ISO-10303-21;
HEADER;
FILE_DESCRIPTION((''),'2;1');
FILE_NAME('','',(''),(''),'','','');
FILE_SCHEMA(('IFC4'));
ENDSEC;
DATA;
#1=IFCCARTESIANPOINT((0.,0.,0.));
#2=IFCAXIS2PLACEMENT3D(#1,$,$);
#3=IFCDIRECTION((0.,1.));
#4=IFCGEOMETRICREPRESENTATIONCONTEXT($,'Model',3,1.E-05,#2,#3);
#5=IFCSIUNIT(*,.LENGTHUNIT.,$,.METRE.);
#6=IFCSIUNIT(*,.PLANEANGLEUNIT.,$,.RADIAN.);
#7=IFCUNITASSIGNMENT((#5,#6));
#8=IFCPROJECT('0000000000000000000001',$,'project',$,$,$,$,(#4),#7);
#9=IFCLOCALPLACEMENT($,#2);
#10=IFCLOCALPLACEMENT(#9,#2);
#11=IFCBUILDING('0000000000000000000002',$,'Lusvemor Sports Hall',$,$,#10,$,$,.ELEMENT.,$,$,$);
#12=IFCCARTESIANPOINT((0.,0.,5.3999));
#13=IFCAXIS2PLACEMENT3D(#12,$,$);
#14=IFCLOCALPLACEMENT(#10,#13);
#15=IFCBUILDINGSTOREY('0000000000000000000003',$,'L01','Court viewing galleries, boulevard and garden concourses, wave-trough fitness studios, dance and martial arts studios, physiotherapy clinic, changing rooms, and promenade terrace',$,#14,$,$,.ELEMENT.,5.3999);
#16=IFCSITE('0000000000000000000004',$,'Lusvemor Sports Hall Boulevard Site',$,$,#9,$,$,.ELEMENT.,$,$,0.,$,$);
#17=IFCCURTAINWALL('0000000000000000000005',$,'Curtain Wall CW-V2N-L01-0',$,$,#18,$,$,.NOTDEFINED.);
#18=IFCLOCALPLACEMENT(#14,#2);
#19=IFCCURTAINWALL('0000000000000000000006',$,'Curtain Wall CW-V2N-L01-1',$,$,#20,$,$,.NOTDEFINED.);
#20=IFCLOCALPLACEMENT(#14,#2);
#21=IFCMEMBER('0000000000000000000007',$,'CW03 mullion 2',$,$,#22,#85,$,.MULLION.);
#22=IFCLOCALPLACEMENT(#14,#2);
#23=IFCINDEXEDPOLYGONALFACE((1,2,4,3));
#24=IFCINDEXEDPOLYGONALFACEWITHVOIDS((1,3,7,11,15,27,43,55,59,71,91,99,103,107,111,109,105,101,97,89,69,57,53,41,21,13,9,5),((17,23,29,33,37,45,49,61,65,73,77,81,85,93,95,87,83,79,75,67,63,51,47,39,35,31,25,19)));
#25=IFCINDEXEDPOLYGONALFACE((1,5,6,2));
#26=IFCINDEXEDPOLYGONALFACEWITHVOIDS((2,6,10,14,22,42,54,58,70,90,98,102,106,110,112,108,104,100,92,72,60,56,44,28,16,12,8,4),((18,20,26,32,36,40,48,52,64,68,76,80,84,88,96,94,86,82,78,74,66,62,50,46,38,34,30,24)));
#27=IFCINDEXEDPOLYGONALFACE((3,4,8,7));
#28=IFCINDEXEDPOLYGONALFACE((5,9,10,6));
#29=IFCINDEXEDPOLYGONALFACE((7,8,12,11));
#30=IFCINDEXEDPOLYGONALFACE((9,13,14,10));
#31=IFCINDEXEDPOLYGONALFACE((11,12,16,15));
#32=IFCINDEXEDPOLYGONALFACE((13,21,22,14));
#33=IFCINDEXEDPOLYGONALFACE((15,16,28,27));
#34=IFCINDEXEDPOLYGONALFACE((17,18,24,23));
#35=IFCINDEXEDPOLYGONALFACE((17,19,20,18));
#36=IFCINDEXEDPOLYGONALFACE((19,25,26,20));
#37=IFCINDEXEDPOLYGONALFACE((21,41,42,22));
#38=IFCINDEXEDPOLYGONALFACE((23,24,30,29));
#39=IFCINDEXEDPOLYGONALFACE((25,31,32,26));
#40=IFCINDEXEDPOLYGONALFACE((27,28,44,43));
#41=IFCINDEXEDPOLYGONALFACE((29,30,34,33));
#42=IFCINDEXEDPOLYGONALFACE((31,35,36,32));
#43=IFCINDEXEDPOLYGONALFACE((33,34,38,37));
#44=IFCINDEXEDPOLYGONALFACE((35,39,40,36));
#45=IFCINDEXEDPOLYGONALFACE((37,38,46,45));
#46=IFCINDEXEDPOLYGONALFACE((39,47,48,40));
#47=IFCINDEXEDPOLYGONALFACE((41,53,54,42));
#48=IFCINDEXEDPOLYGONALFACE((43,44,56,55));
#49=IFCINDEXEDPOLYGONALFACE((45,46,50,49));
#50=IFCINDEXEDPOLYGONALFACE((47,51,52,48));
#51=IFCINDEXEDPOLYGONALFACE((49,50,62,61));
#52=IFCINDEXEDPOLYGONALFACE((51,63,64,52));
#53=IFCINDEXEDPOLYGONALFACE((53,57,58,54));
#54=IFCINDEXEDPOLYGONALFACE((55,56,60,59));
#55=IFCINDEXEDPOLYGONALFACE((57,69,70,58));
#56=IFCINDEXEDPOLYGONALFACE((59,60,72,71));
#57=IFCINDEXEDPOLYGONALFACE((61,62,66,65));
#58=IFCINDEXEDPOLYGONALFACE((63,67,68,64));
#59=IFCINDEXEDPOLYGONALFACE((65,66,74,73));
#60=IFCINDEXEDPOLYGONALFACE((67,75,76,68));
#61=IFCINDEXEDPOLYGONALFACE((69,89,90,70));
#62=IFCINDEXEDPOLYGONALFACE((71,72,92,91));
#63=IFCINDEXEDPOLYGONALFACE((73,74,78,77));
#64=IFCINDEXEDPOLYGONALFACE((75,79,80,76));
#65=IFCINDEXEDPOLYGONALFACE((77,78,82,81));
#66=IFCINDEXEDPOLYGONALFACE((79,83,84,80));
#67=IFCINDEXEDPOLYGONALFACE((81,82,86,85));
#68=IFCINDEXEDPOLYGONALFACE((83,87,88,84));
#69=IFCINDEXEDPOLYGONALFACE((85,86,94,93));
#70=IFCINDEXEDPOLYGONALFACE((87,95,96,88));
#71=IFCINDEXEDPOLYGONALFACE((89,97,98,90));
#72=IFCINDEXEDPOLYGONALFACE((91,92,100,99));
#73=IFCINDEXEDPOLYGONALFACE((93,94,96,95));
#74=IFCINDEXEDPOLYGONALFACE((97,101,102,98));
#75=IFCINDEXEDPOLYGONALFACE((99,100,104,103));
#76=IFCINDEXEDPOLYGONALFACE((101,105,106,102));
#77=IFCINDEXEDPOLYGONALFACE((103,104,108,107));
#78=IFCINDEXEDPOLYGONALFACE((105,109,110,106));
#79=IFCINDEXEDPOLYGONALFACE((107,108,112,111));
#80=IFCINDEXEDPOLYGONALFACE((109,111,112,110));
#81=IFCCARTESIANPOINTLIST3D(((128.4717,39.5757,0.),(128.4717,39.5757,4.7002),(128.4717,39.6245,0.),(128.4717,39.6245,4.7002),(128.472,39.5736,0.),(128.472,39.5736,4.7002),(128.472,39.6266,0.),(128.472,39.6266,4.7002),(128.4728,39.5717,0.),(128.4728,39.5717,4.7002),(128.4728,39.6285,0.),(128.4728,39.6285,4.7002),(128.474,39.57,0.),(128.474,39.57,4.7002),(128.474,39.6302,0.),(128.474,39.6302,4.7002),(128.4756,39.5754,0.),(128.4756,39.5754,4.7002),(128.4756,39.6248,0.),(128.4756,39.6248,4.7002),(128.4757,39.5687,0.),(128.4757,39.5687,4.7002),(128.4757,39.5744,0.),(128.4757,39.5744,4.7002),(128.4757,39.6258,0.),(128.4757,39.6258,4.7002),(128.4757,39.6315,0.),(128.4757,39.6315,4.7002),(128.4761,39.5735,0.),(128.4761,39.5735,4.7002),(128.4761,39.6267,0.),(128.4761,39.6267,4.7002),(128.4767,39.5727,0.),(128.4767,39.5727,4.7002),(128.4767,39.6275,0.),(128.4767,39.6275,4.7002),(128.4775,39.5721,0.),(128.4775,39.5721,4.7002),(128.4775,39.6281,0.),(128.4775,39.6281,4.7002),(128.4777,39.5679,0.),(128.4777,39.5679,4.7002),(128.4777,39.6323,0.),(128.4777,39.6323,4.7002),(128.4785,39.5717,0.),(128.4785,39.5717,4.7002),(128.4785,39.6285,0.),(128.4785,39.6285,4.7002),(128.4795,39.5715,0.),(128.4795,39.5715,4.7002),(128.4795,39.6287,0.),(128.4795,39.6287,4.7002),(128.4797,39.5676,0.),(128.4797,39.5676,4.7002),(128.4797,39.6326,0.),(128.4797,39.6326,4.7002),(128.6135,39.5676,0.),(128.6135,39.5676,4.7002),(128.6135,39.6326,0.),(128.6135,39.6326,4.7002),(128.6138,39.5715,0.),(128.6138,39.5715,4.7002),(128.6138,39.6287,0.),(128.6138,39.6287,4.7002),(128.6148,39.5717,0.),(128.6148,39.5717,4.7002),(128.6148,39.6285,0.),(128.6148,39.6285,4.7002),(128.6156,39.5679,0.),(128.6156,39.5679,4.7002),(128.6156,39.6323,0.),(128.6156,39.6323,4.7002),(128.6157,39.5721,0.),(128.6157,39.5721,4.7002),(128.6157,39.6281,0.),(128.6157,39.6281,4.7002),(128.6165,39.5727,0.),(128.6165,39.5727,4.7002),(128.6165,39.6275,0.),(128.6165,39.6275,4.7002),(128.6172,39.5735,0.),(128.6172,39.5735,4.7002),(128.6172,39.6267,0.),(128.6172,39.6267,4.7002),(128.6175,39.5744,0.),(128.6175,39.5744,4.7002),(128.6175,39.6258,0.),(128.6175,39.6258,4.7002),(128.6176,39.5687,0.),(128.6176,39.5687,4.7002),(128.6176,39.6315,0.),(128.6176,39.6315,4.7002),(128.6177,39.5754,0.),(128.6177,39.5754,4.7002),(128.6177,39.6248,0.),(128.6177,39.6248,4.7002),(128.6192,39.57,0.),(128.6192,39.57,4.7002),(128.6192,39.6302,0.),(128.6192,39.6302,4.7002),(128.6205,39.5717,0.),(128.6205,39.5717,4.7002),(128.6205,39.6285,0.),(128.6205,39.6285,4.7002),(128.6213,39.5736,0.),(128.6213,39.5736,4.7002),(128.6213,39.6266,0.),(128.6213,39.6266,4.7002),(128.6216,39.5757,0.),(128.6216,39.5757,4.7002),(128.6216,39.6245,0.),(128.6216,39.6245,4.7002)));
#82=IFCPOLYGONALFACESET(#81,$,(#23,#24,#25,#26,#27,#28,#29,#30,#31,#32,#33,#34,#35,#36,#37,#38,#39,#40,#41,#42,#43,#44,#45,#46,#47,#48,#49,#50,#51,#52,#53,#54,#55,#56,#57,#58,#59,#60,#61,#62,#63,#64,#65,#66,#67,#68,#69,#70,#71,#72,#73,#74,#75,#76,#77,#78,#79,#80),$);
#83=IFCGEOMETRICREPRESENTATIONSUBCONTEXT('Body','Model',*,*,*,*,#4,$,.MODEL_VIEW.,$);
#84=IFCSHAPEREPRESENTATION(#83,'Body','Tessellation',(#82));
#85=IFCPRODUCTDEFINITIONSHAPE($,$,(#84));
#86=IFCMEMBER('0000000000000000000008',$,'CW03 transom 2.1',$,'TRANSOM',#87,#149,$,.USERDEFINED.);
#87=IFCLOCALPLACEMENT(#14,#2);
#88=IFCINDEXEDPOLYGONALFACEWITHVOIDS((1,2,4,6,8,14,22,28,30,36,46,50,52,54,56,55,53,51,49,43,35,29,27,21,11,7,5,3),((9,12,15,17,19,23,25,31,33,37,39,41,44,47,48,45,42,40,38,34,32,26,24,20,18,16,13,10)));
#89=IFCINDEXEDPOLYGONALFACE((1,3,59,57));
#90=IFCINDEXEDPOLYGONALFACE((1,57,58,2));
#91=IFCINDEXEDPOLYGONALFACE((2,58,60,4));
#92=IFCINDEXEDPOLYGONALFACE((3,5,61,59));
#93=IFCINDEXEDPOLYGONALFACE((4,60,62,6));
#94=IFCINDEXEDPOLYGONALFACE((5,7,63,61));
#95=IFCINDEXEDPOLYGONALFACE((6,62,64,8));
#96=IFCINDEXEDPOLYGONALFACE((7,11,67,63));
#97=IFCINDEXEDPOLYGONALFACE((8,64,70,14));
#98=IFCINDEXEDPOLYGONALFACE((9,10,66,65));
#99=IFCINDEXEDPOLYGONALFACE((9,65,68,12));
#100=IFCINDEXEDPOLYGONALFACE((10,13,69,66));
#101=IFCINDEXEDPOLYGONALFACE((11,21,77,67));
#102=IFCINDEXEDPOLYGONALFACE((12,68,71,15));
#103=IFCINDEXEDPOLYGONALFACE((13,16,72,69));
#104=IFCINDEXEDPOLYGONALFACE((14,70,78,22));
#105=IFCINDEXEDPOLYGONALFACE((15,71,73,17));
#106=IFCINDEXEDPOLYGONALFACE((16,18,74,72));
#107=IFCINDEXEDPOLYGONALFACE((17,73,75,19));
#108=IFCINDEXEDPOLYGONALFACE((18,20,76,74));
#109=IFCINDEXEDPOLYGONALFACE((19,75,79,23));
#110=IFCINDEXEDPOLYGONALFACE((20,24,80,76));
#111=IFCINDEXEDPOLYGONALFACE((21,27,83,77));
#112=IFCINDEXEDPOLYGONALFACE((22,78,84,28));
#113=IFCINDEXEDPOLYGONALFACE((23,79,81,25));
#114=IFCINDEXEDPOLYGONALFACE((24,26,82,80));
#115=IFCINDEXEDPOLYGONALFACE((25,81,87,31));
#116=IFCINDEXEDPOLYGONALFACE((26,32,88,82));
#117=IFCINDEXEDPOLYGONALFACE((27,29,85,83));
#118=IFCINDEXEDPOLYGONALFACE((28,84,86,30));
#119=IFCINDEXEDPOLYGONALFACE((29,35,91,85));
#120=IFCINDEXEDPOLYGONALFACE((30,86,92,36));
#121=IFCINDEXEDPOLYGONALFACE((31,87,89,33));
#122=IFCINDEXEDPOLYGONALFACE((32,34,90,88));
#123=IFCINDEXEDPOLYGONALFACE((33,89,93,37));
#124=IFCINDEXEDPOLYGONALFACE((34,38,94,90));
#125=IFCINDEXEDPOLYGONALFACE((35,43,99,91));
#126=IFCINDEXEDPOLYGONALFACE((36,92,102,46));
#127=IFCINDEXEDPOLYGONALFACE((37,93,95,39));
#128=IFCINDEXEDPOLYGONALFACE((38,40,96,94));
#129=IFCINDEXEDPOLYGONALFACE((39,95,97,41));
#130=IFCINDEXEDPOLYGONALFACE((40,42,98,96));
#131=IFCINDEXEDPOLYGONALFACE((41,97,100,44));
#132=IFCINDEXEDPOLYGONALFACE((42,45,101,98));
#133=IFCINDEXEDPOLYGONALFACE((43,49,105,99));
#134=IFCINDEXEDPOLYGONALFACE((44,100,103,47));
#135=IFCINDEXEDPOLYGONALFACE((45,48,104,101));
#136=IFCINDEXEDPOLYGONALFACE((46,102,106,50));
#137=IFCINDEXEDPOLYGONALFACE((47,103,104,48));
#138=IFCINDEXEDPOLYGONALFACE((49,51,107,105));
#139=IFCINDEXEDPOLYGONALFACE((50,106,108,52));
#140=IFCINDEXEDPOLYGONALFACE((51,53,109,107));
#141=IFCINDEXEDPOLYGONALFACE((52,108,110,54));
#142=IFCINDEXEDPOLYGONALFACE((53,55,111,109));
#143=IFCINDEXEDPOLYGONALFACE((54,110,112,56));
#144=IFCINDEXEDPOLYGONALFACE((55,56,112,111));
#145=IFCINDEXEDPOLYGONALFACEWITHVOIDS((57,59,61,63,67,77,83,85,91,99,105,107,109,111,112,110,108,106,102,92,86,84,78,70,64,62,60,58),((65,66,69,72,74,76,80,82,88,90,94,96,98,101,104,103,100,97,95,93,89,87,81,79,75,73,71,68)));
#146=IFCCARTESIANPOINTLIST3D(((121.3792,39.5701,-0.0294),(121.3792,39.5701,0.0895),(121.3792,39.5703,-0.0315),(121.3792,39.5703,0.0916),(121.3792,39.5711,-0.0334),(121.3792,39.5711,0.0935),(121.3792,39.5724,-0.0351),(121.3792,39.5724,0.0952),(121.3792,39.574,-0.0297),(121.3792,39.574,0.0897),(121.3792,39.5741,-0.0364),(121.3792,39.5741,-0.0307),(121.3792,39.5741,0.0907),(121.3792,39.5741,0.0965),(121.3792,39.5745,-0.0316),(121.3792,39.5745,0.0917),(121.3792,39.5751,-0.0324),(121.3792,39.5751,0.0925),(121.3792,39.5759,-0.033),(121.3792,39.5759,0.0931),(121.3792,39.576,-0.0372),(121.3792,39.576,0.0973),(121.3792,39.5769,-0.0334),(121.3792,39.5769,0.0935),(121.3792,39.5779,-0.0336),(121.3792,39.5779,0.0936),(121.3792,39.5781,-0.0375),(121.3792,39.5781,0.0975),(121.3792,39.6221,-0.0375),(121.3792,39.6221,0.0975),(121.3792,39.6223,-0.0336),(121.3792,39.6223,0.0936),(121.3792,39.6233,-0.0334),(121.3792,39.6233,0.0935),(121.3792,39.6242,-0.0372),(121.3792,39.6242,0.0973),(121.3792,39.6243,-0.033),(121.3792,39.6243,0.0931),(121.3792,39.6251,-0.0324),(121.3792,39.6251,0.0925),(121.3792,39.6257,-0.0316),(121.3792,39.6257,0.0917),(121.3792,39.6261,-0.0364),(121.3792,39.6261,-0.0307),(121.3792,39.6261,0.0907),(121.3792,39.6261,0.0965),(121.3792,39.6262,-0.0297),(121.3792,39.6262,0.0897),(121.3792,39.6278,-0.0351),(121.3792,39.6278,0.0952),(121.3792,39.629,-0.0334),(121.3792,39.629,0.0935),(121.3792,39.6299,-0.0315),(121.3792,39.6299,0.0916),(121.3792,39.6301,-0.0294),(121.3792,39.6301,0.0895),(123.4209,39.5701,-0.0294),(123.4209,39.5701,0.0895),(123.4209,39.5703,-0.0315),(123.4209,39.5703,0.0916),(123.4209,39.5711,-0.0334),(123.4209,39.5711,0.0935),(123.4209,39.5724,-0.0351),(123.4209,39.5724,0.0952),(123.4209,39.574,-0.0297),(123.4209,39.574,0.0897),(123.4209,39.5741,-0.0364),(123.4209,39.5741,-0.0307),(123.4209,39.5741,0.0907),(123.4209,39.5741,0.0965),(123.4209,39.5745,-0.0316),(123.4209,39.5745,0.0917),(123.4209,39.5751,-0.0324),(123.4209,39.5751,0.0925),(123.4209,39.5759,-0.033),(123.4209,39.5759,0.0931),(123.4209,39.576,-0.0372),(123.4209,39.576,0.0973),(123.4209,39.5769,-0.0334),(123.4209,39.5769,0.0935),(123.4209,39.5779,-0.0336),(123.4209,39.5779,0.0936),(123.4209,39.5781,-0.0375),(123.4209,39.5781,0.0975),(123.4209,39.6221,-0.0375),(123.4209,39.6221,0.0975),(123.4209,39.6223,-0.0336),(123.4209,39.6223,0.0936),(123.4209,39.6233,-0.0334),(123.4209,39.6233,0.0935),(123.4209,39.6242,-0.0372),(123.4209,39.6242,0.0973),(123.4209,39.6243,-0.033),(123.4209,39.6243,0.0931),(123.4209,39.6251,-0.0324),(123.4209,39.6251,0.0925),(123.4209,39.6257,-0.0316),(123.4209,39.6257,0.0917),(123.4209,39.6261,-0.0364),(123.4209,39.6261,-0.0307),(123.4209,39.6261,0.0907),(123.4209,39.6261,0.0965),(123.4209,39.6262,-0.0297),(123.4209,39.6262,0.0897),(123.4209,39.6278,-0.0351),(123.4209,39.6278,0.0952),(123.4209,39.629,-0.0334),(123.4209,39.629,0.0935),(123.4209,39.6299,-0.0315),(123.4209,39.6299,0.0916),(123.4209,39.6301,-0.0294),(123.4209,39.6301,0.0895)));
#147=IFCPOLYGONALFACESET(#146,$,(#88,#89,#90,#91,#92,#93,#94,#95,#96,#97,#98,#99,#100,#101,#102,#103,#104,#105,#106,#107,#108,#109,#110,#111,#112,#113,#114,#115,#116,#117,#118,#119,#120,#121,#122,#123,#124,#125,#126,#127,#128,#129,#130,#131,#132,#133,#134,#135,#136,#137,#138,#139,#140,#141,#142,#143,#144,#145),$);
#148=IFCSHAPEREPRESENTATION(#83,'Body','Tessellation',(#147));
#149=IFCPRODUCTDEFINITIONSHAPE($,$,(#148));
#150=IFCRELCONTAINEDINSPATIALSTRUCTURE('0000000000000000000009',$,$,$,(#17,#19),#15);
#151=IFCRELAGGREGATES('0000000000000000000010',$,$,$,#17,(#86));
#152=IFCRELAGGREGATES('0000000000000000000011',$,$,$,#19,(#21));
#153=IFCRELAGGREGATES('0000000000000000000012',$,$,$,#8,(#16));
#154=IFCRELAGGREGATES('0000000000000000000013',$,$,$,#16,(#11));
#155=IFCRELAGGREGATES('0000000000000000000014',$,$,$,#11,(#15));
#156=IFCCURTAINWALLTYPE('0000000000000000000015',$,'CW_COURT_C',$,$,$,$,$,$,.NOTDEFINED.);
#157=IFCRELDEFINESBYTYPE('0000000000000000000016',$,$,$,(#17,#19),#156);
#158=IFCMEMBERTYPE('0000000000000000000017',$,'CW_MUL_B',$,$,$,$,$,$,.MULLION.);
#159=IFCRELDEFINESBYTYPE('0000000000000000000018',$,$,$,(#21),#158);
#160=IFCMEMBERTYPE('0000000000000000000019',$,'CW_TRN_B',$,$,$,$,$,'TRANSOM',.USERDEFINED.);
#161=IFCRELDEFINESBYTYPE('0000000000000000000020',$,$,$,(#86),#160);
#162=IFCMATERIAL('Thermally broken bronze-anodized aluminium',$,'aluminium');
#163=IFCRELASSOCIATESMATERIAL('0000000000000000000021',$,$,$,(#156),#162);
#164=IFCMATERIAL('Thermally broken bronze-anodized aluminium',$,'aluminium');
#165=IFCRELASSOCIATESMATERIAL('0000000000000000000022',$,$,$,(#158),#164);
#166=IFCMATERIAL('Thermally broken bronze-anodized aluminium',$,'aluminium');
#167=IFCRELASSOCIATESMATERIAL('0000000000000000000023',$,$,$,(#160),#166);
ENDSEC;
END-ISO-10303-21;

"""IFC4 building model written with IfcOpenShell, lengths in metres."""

from ifc_helpers import new_model, si_unit, direction, frame, origin, origin_2d, place, context, subcontext, project, spatial, hollow_rectangle, extrude, material, material_profile, profile_set, type_object, element, aggregate, save


model = new_model("IFC4")

# Units and contexts
model_context = context("Model", 3, precision=1e-05, world=origin(), true_north=direction((0.0, 1.0)))
body_context = subcontext(model_context, "Body", "Model", "MODEL_VIEW")
ifc_project = project(units=[si_unit("LENGTHUNIT", "METRE"), si_unit("PLANEANGLEUNIT", "RADIAN")], contexts=[model_context])

# Site, building, storey
site_placement = place(None, origin())
site = spatial("IfcSite", under=ifc_project, at=site_placement, Name="Lusvemor Sports Hall Boulevard Site", CompositionType="ELEMENT", RefElevation=0.0)
building_placement = place(site_placement, origin())
building = spatial("IfcBuilding", under=site, at=building_placement, Name="Lusvemor Sports Hall", CompositionType="ELEMENT")
storey_placement = place(building_placement, frame((0.0, 0.0, 5.3999)))
storey = spatial("IfcBuildingStorey", under=building, at=storey_placement, Name="L01", Description="Court viewing galleries, boulevard and garden concourses, wave-trough fitness studios, dance and martial arts studios, physiotherapy clinic, changing rooms, and promenade terrace", CompositionType="ELEMENT", Elevation=5.3999)

# Curtain walls, member
ifc_material_1 = material(Name="Thermally broken bronze-anodized aluminium", Category="aluminium")
curtain_wall_type = type_object("IfcCurtainWallType", Name="CW_COURT_C", PredefinedType="NOTDEFINED", material=ifc_material_1)
curtain_wall_1_placement = place(storey_placement, origin())
curtain_wall_1 = element("IfcCurtainWall", 1, at=curtain_wall_1_placement, inside=storey, type_object=curtain_wall_type, Name="Curtain Wall CW-V2N-L01-0", PredefinedType="NOTDEFINED")
ifc_material_2 = material(Name="Thermally broken bronze-anodized aluminium", Category="aluminium")
ifc_material_profile_1 = material_profile(ifc_material_2, hollow_rectangle(XDim=0.0649, YDim=0.1499, WallThickness=0.0039, InnerFilletRadius=0.0039, OuterFilletRadius=0.0081, at=origin_2d()), Name="CWMUL150x65x4")
ifc_profile_set_1 = profile_set([ifc_material_profile_1], Name="Thermally broken bronze-anodized aluminium")
member_type_1 = type_object("IfcMemberType", Name="CW_MUL_B", PredefinedType="MULLION", material=ifc_profile_set_1)
curtain_wall_2_placement = place(storey_placement, origin())
curtain_wall_2 = element("IfcCurtainWall", 2, at=curtain_wall_2_placement, inside=storey, type_object=curtain_wall_type, Name="Curtain Wall CW-V2N-L01-1", PredefinedType="NOTDEFINED")
member_1_placement = place(storey_placement, frame((128.5466, 39.6001, 0.0), z_axis=(0.0, 0.0, 1.0), x_axis=(0.0, 1.0, 0.0)))
member_1 = element("IfcMember", 3, at=member_1_placement, type_object=member_type_1, Name="CW03 mullion 2", PredefinedType="MULLION", context=body_context, shape_type="SweptSolid", body=[
    extrude(hollow_rectangle(XDim=0.0649, YDim=0.1499, WallThickness=0.0039, InnerFilletRadius=0.0039, OuterFilletRadius=0.0081, at=origin_2d()), origin(), (0.0, 0.0, 1.0), 4.7002),
])

# Member
ifc_material_3 = material(Name="Thermally broken bronze-anodized aluminium", Category="aluminium")
ifc_material_profile_2 = material_profile(ifc_material_3, hollow_rectangle(XDim=0.0601, YDim=0.135, WallThickness=0.0039, InnerFilletRadius=0.0039, OuterFilletRadius=0.0081, at=origin_2d()), Name="CWTRN135x60x4")
ifc_profile_set_2 = profile_set([ifc_material_profile_2], Name="Thermally broken bronze-anodized aluminium")
member_type_2 = type_object("IfcMemberType", Name="CW_TRN_B", ElementType="TRANSOM", PredefinedType="USERDEFINED", material=ifc_profile_set_2)
member_2_placement = place(storey_placement, frame((121.3792, 39.6001, 0.03), z_axis=(1.0, 0.0, 0.0), x_axis=(0.0, 1.0, 0.0)))
member_2 = element("IfcMember", 4, at=member_2_placement, type_object=member_type_2, Name="CW03 transom 2.1", ObjectType="TRANSOM", PredefinedType="USERDEFINED", context=body_context, shape_type="SweptSolid", body=[
    extrude(hollow_rectangle(XDim=0.0601, YDim=0.135, WallThickness=0.0039, InnerFilletRadius=0.0039, OuterFilletRadius=0.0081, at=origin_2d()), origin(), (0.0, 0.0, 1.0), 2.0417),
])

aggregate(curtain_wall_1, [member_2])
aggregate(curtain_wall_2, [member_1])

save(model, "model.ifc")
